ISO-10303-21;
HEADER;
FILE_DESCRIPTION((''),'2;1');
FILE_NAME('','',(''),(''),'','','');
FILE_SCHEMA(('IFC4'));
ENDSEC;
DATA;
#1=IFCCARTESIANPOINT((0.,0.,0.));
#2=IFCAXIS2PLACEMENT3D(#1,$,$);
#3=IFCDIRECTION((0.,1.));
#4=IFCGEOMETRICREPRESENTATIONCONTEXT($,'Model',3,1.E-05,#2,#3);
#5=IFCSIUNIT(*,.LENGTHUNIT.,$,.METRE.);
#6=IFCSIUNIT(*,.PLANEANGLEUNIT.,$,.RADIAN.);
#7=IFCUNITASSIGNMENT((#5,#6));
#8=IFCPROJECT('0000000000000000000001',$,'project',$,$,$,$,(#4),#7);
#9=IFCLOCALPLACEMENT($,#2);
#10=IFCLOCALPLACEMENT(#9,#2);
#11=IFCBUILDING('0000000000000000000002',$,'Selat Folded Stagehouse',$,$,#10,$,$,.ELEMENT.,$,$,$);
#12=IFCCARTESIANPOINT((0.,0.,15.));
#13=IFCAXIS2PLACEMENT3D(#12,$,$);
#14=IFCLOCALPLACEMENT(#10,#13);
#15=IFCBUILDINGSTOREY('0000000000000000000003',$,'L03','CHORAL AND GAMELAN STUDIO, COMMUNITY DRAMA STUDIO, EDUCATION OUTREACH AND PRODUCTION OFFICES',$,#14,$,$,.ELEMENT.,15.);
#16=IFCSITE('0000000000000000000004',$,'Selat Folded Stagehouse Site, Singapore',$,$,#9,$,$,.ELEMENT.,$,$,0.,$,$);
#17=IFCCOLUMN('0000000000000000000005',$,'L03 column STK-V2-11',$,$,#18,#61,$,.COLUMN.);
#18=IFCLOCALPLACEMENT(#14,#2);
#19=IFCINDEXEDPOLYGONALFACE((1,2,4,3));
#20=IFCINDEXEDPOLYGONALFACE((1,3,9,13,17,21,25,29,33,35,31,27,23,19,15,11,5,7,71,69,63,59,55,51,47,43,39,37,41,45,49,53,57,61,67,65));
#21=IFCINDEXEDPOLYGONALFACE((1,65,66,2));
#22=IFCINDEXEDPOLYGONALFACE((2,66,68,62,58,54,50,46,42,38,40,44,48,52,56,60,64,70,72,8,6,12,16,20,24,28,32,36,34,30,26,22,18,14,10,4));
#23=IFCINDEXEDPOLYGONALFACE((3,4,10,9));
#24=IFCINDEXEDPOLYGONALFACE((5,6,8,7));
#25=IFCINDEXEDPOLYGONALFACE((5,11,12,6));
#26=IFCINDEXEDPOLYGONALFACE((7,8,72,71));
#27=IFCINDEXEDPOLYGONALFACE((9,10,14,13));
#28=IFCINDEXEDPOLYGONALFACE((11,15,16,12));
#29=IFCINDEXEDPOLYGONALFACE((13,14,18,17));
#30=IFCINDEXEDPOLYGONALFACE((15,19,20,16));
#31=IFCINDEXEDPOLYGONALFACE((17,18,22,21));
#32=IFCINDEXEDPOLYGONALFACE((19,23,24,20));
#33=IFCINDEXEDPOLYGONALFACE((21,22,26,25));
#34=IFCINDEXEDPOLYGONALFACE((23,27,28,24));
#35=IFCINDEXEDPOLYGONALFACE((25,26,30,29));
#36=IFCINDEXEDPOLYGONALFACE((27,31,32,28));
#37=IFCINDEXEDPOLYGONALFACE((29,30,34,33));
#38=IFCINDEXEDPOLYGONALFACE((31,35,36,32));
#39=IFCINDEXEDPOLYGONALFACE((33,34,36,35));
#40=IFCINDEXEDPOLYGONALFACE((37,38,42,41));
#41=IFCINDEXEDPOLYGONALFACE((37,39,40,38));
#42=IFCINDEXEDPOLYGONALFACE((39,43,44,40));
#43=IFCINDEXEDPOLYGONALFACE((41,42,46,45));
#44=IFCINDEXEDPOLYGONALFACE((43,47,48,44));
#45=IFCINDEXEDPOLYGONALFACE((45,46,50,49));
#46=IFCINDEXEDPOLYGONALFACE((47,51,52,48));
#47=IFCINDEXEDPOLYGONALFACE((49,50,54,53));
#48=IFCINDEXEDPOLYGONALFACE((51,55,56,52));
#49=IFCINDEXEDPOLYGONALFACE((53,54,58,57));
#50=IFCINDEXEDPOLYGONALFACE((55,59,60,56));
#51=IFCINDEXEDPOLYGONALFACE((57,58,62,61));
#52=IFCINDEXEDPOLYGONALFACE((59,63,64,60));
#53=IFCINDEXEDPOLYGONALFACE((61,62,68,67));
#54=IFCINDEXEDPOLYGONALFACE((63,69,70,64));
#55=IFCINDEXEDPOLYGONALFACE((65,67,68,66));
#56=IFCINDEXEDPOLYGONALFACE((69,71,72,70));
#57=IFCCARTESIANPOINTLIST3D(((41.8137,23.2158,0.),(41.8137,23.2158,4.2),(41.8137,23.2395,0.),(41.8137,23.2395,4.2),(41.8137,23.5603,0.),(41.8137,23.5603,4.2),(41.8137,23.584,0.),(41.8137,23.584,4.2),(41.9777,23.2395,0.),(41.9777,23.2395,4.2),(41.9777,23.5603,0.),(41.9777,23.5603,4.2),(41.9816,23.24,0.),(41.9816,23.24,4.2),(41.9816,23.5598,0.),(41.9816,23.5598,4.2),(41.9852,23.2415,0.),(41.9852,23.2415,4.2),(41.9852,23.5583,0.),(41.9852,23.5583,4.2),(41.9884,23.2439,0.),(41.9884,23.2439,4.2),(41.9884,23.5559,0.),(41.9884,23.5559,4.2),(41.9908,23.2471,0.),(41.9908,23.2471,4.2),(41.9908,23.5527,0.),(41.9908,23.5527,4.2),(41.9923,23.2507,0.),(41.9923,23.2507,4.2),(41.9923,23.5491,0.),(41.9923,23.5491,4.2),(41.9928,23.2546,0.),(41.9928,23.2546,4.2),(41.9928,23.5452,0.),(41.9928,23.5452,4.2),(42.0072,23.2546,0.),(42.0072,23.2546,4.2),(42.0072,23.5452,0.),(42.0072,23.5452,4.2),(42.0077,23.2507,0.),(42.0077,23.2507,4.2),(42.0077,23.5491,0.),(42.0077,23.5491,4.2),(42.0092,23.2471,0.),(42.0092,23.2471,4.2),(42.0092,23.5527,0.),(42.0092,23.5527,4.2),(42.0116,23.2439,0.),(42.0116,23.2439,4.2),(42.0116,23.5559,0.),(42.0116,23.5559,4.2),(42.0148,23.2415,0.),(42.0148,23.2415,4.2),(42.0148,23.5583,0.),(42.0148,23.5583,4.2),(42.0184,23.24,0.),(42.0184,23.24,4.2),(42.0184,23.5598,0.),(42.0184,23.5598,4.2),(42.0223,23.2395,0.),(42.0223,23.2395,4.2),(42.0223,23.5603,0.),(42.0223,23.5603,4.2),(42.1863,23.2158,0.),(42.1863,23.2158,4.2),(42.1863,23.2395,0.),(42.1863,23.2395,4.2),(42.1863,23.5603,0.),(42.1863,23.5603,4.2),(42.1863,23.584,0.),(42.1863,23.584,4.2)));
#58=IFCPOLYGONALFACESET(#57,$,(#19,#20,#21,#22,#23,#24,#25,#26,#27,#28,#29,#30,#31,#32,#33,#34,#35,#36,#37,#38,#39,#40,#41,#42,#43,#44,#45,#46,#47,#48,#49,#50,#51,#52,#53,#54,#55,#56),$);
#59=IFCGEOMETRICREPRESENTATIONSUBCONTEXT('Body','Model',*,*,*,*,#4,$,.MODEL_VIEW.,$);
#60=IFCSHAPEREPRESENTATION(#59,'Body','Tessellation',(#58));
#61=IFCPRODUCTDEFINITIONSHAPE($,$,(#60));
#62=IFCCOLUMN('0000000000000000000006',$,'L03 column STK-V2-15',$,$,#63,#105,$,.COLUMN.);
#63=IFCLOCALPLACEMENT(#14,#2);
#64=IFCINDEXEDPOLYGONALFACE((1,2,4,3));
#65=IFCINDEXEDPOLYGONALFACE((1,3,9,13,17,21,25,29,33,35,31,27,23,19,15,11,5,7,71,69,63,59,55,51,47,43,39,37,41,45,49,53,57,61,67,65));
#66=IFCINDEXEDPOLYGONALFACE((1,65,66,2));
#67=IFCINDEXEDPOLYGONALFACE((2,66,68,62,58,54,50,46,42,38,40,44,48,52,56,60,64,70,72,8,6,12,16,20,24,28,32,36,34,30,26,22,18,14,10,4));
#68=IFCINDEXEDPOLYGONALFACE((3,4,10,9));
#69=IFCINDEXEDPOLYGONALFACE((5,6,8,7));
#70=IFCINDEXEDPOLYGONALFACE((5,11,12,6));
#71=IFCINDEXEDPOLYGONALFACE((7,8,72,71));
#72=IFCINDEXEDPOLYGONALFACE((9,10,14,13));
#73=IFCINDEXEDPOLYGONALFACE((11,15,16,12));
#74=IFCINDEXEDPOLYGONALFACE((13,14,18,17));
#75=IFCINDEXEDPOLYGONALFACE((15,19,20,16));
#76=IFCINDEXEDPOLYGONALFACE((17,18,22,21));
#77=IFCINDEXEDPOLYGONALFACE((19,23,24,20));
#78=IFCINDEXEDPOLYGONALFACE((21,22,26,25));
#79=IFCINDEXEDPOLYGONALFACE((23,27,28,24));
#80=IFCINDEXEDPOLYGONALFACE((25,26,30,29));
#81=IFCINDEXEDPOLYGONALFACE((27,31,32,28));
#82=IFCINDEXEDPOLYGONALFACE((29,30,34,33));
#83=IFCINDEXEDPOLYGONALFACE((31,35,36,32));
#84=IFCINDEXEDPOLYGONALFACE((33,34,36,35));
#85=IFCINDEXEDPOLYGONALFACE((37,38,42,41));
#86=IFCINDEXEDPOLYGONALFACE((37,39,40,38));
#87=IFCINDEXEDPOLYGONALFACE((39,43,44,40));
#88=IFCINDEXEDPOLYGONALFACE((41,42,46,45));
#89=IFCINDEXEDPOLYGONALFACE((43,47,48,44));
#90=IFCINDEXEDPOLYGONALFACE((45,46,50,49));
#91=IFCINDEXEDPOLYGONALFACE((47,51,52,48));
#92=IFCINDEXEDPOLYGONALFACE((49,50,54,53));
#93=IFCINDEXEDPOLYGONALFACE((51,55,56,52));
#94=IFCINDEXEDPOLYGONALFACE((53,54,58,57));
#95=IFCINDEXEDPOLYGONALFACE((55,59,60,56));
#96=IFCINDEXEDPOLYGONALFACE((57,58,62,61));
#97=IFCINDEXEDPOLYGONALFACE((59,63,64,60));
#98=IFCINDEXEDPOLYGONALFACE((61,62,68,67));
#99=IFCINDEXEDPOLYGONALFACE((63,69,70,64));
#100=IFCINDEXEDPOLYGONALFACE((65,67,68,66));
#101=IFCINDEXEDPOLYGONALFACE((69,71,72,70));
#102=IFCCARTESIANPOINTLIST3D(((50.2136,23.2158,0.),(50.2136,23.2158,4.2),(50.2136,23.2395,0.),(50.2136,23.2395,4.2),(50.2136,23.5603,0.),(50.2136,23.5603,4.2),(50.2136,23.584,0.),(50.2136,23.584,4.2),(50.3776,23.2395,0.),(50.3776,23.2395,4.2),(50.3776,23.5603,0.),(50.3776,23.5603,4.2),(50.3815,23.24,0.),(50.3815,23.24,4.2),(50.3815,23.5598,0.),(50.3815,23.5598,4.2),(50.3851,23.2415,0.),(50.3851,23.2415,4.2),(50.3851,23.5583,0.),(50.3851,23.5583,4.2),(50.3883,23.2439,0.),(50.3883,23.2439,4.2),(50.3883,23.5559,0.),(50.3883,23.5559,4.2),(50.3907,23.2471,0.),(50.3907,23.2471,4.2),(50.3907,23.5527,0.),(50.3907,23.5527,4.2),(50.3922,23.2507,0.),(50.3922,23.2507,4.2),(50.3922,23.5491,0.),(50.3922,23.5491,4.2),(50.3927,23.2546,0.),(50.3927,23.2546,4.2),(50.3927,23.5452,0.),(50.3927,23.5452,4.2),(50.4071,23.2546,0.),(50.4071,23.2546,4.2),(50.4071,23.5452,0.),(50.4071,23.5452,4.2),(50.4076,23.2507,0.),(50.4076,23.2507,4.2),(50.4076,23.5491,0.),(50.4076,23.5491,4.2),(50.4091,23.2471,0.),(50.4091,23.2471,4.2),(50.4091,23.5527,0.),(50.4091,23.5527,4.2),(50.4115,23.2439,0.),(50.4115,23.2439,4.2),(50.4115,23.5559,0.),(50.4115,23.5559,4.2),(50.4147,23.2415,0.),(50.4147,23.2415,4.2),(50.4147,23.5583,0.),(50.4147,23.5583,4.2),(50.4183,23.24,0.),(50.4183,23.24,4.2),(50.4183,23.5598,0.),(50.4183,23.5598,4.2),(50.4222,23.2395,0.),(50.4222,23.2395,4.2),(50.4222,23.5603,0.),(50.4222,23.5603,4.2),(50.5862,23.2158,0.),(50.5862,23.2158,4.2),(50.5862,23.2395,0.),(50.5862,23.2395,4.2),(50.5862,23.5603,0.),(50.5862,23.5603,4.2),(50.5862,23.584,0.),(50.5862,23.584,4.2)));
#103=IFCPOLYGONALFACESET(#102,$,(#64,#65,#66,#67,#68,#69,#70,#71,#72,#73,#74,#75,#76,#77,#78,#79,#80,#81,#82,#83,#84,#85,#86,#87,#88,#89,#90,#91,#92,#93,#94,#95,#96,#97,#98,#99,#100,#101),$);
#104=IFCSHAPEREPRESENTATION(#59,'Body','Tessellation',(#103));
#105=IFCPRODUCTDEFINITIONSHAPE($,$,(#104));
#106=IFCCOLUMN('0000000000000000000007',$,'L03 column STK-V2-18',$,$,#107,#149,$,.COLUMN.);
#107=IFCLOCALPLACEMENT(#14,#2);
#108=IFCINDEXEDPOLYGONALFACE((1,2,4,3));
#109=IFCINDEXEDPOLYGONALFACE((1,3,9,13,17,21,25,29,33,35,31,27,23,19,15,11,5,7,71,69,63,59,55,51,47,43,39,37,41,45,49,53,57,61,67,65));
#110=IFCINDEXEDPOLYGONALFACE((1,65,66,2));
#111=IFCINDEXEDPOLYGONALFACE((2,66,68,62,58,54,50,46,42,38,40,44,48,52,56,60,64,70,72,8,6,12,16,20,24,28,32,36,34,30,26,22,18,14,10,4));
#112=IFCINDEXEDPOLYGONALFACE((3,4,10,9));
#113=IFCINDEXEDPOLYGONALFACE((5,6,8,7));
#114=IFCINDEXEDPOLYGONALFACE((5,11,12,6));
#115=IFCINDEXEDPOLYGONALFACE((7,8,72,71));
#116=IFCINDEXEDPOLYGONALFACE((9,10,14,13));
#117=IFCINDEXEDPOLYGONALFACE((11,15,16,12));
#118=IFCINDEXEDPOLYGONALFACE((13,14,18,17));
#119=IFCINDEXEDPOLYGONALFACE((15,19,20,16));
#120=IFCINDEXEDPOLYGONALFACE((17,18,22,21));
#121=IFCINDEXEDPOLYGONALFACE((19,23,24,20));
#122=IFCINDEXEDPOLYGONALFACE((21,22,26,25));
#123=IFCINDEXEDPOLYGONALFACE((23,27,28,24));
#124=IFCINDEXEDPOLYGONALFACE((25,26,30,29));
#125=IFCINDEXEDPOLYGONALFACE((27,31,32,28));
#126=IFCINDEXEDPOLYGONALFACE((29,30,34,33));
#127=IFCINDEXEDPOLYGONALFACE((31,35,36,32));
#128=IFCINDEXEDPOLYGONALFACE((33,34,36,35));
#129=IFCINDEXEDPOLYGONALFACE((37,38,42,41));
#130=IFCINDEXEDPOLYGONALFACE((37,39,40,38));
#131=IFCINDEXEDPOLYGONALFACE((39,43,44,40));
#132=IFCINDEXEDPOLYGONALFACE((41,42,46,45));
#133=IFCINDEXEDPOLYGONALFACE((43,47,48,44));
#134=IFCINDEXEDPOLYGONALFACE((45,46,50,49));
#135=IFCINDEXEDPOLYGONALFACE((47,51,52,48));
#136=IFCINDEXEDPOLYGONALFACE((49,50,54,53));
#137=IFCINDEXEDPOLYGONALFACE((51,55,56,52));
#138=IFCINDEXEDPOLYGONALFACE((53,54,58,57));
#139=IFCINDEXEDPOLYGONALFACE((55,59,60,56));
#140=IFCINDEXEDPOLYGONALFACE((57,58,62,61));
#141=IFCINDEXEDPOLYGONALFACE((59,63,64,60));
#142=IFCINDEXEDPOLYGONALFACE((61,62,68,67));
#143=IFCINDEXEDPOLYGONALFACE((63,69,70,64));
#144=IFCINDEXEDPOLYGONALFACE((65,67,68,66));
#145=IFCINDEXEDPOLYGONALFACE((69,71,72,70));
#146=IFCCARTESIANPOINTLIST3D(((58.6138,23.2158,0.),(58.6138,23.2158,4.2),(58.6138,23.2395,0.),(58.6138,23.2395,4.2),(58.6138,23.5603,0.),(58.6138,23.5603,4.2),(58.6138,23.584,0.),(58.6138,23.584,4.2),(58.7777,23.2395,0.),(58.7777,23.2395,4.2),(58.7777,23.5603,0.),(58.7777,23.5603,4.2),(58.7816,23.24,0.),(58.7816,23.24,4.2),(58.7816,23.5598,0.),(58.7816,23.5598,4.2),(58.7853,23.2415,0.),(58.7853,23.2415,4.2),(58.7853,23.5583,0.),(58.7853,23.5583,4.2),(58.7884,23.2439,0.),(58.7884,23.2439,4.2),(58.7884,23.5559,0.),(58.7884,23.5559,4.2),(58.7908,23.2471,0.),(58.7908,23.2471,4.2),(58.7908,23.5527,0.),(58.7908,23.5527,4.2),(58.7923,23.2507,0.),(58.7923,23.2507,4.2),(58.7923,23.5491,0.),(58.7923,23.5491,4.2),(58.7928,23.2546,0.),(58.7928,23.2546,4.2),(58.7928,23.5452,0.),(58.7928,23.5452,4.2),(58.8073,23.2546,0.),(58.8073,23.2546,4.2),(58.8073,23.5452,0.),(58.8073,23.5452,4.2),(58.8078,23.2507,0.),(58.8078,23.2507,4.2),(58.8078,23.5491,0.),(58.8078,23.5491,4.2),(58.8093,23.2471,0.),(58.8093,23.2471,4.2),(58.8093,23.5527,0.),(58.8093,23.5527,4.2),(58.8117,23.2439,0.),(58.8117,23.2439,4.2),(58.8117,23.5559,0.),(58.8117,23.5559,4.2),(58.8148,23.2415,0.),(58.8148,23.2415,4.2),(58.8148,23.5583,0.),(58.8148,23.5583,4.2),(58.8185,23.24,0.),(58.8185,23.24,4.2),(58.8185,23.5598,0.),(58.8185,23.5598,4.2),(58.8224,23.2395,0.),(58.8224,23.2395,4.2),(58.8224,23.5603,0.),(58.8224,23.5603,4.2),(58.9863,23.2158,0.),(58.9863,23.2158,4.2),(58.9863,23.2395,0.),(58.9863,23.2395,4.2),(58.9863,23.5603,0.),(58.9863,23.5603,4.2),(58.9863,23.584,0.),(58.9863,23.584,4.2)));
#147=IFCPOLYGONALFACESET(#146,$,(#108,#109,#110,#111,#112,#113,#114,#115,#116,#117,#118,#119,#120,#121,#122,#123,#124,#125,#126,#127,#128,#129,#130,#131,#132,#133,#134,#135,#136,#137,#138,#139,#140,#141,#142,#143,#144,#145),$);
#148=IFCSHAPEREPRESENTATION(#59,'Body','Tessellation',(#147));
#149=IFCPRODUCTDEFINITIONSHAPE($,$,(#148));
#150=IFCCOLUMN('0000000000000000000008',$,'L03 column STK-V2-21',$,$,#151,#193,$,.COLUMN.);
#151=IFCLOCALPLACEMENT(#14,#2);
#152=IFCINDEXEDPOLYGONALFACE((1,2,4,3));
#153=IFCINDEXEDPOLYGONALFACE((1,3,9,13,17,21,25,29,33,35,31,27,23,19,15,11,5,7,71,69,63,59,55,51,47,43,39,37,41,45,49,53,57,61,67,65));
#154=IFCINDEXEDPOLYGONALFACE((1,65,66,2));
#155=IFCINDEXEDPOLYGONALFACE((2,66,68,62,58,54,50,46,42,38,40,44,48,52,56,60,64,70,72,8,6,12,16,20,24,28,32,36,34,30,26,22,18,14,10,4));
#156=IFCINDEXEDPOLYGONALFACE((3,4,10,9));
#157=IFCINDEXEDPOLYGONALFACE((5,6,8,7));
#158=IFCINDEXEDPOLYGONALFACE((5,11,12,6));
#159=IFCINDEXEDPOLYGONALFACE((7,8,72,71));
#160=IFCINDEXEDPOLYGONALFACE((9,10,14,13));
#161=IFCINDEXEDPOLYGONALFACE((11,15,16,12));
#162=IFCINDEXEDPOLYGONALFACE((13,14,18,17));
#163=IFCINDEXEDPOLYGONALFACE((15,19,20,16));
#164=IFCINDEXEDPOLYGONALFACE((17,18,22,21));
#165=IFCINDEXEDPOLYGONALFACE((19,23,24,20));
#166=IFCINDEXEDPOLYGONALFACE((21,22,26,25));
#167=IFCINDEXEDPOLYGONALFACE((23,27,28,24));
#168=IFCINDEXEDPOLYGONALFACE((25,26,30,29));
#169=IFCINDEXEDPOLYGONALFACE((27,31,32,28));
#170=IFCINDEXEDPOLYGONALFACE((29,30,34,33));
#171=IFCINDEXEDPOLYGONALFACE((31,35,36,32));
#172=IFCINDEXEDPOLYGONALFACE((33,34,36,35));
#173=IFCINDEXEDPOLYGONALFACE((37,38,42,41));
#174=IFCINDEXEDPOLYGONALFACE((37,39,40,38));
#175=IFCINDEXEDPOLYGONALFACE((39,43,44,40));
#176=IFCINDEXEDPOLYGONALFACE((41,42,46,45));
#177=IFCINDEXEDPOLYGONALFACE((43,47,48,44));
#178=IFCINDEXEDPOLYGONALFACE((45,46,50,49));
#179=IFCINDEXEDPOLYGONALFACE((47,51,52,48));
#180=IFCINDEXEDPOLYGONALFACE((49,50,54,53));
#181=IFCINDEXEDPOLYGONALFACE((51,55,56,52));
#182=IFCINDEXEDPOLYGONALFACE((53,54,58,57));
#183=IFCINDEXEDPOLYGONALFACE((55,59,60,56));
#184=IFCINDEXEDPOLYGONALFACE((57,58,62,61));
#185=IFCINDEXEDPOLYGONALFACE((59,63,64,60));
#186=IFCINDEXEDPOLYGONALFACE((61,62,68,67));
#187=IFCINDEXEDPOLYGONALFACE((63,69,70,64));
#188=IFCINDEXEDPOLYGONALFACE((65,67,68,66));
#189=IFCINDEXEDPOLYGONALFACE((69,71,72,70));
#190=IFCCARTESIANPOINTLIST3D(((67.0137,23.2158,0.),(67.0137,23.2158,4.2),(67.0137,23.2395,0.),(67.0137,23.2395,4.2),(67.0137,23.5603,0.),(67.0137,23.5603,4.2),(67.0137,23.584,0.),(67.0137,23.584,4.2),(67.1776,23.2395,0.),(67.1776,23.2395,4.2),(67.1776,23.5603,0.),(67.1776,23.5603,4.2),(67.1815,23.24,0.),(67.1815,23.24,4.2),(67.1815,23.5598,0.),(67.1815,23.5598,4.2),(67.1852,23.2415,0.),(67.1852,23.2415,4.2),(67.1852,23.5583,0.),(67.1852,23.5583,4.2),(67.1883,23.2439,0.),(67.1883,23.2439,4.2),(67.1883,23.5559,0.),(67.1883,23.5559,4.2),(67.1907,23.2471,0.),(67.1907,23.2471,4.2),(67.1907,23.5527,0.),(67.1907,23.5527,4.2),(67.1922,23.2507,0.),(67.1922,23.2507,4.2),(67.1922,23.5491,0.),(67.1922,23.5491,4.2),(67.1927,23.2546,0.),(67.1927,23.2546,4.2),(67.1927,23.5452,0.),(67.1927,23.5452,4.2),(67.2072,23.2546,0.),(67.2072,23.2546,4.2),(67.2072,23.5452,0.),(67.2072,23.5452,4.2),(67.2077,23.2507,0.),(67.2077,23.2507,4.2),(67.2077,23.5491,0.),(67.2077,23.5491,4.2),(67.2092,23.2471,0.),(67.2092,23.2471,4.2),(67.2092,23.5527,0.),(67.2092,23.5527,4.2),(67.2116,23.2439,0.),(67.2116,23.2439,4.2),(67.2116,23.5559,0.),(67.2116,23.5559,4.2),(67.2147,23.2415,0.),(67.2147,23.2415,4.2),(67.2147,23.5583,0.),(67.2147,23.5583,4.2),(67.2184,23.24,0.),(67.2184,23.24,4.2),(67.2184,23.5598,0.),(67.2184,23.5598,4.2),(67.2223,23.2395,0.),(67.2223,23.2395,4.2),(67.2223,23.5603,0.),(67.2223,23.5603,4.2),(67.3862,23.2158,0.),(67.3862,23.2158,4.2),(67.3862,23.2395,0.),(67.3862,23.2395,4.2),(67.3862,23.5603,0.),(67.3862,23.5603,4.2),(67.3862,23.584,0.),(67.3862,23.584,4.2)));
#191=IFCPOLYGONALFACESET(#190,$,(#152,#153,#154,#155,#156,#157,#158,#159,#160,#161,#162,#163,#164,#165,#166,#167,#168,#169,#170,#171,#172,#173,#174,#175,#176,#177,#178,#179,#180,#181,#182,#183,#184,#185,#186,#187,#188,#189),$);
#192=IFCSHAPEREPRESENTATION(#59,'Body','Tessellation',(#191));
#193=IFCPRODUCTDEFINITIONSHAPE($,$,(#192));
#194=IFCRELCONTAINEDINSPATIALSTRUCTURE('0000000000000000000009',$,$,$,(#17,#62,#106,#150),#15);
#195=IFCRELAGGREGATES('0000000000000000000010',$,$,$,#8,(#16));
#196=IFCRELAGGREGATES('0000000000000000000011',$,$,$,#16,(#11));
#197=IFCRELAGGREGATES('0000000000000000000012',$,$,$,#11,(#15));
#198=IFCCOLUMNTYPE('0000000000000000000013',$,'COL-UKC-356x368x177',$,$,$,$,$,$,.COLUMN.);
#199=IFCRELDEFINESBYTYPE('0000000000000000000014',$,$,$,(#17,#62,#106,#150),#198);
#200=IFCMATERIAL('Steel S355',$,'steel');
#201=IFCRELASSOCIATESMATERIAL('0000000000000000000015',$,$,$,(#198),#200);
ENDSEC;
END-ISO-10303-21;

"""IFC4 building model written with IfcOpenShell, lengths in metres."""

from ifc_helpers import new_model, si_unit, direction, frame, origin, origin_2d, place, context, subcontext, project, spatial, i_section, extrude, material, material_profile, profile_set, type_object, element, save


model = new_model("IFC4")

# Units and contexts
model_context = context("Model", 3, precision=1e-05, world=origin(), true_north=direction((0.0, 1.0)))
body_context = subcontext(model_context, "Body", "Model", "MODEL_VIEW")
ifc_project = project(units=[si_unit("LENGTHUNIT", "METRE"), si_unit("PLANEANGLEUNIT", "RADIAN")], contexts=[model_context])

# Site, building, storey
site_placement = place(None, origin())
site = spatial("IfcSite", under=ifc_project, at=site_placement, Name="Selat Folded Stagehouse Site, Singapore", CompositionType="ELEMENT", RefElevation=0.0)
building_placement = place(site_placement, origin())
building = spatial("IfcBuilding", under=site, at=building_placement, Name="Selat Folded Stagehouse", CompositionType="ELEMENT")
storey_placement = place(building_placement, frame((0.0, 0.0, 15.0)))
storey = spatial("IfcBuildingStorey", under=building, at=storey_placement, Name="L03", Description="CHORAL AND GAMELAN STUDIO, COMMUNITY DRAMA STUDIO, EDUCATION OUTREACH AND PRODUCTION OFFICES", CompositionType="ELEMENT", Elevation=15.0)

# Columns
ifc_material_1 = material(Name="Steel S355", Category="steel")
ifc_material_profile_1 = material_profile(ifc_material_1, i_section(OverallWidth=0.3726, OverallDepth=0.3682, WebThickness=0.0144, FlangeThickness=0.0237, FilletRadius=0.0151, at=origin_2d()), Name="UKC 356x368x177")
ifc_profile_set_1 = profile_set([ifc_material_profile_1], Name="Steel S355")
column_type = type_object("IfcColumnType", Name="COL-UKC-356x368x177", PredefinedType="COLUMN", material=ifc_profile_set_1)
for number, where, z_axis, x_axis, name in (
    (1, (42.0, 23.3999, 0.0), (0.0, 0.0, 1.0), (1.0, 0.0, 0.0), "L03 column STK-V2-11"),
    (2, (50.3999, 23.3999, 0.0), (0.0, 0.0, 1.0), (1.0, 0.0, 0.0), "L03 column STK-V2-15"),
    (3, (58.8, 23.3999, 0.0), (0.0, 0.0, 1.0), (1.0, 0.0, 0.0), "L03 column STK-V2-18"),
    (4, (67.2, 23.3999, 0.0), (0.0, 0.0, 1.0), (1.0, 0.0, 0.0), "L03 column STK-V2-21"),
):
    element("IfcColumn", number, at=place(storey_placement, frame(where, z_axis=z_axis, x_axis=x_axis)), inside=storey, type_object=column_type, Name=name, PredefinedType="COLUMN", context=body_context, shape_type="SweptSolid", body=[
        extrude(i_section(OverallWidth=0.3726, OverallDepth=0.3682, WebThickness=0.0144, FlangeThickness=0.0237, FilletRadius=0.0151, at=origin_2d()), origin(), (0.0, 0.0, 1.0), 4.2),
    ])

save(model, "model.ifc")
